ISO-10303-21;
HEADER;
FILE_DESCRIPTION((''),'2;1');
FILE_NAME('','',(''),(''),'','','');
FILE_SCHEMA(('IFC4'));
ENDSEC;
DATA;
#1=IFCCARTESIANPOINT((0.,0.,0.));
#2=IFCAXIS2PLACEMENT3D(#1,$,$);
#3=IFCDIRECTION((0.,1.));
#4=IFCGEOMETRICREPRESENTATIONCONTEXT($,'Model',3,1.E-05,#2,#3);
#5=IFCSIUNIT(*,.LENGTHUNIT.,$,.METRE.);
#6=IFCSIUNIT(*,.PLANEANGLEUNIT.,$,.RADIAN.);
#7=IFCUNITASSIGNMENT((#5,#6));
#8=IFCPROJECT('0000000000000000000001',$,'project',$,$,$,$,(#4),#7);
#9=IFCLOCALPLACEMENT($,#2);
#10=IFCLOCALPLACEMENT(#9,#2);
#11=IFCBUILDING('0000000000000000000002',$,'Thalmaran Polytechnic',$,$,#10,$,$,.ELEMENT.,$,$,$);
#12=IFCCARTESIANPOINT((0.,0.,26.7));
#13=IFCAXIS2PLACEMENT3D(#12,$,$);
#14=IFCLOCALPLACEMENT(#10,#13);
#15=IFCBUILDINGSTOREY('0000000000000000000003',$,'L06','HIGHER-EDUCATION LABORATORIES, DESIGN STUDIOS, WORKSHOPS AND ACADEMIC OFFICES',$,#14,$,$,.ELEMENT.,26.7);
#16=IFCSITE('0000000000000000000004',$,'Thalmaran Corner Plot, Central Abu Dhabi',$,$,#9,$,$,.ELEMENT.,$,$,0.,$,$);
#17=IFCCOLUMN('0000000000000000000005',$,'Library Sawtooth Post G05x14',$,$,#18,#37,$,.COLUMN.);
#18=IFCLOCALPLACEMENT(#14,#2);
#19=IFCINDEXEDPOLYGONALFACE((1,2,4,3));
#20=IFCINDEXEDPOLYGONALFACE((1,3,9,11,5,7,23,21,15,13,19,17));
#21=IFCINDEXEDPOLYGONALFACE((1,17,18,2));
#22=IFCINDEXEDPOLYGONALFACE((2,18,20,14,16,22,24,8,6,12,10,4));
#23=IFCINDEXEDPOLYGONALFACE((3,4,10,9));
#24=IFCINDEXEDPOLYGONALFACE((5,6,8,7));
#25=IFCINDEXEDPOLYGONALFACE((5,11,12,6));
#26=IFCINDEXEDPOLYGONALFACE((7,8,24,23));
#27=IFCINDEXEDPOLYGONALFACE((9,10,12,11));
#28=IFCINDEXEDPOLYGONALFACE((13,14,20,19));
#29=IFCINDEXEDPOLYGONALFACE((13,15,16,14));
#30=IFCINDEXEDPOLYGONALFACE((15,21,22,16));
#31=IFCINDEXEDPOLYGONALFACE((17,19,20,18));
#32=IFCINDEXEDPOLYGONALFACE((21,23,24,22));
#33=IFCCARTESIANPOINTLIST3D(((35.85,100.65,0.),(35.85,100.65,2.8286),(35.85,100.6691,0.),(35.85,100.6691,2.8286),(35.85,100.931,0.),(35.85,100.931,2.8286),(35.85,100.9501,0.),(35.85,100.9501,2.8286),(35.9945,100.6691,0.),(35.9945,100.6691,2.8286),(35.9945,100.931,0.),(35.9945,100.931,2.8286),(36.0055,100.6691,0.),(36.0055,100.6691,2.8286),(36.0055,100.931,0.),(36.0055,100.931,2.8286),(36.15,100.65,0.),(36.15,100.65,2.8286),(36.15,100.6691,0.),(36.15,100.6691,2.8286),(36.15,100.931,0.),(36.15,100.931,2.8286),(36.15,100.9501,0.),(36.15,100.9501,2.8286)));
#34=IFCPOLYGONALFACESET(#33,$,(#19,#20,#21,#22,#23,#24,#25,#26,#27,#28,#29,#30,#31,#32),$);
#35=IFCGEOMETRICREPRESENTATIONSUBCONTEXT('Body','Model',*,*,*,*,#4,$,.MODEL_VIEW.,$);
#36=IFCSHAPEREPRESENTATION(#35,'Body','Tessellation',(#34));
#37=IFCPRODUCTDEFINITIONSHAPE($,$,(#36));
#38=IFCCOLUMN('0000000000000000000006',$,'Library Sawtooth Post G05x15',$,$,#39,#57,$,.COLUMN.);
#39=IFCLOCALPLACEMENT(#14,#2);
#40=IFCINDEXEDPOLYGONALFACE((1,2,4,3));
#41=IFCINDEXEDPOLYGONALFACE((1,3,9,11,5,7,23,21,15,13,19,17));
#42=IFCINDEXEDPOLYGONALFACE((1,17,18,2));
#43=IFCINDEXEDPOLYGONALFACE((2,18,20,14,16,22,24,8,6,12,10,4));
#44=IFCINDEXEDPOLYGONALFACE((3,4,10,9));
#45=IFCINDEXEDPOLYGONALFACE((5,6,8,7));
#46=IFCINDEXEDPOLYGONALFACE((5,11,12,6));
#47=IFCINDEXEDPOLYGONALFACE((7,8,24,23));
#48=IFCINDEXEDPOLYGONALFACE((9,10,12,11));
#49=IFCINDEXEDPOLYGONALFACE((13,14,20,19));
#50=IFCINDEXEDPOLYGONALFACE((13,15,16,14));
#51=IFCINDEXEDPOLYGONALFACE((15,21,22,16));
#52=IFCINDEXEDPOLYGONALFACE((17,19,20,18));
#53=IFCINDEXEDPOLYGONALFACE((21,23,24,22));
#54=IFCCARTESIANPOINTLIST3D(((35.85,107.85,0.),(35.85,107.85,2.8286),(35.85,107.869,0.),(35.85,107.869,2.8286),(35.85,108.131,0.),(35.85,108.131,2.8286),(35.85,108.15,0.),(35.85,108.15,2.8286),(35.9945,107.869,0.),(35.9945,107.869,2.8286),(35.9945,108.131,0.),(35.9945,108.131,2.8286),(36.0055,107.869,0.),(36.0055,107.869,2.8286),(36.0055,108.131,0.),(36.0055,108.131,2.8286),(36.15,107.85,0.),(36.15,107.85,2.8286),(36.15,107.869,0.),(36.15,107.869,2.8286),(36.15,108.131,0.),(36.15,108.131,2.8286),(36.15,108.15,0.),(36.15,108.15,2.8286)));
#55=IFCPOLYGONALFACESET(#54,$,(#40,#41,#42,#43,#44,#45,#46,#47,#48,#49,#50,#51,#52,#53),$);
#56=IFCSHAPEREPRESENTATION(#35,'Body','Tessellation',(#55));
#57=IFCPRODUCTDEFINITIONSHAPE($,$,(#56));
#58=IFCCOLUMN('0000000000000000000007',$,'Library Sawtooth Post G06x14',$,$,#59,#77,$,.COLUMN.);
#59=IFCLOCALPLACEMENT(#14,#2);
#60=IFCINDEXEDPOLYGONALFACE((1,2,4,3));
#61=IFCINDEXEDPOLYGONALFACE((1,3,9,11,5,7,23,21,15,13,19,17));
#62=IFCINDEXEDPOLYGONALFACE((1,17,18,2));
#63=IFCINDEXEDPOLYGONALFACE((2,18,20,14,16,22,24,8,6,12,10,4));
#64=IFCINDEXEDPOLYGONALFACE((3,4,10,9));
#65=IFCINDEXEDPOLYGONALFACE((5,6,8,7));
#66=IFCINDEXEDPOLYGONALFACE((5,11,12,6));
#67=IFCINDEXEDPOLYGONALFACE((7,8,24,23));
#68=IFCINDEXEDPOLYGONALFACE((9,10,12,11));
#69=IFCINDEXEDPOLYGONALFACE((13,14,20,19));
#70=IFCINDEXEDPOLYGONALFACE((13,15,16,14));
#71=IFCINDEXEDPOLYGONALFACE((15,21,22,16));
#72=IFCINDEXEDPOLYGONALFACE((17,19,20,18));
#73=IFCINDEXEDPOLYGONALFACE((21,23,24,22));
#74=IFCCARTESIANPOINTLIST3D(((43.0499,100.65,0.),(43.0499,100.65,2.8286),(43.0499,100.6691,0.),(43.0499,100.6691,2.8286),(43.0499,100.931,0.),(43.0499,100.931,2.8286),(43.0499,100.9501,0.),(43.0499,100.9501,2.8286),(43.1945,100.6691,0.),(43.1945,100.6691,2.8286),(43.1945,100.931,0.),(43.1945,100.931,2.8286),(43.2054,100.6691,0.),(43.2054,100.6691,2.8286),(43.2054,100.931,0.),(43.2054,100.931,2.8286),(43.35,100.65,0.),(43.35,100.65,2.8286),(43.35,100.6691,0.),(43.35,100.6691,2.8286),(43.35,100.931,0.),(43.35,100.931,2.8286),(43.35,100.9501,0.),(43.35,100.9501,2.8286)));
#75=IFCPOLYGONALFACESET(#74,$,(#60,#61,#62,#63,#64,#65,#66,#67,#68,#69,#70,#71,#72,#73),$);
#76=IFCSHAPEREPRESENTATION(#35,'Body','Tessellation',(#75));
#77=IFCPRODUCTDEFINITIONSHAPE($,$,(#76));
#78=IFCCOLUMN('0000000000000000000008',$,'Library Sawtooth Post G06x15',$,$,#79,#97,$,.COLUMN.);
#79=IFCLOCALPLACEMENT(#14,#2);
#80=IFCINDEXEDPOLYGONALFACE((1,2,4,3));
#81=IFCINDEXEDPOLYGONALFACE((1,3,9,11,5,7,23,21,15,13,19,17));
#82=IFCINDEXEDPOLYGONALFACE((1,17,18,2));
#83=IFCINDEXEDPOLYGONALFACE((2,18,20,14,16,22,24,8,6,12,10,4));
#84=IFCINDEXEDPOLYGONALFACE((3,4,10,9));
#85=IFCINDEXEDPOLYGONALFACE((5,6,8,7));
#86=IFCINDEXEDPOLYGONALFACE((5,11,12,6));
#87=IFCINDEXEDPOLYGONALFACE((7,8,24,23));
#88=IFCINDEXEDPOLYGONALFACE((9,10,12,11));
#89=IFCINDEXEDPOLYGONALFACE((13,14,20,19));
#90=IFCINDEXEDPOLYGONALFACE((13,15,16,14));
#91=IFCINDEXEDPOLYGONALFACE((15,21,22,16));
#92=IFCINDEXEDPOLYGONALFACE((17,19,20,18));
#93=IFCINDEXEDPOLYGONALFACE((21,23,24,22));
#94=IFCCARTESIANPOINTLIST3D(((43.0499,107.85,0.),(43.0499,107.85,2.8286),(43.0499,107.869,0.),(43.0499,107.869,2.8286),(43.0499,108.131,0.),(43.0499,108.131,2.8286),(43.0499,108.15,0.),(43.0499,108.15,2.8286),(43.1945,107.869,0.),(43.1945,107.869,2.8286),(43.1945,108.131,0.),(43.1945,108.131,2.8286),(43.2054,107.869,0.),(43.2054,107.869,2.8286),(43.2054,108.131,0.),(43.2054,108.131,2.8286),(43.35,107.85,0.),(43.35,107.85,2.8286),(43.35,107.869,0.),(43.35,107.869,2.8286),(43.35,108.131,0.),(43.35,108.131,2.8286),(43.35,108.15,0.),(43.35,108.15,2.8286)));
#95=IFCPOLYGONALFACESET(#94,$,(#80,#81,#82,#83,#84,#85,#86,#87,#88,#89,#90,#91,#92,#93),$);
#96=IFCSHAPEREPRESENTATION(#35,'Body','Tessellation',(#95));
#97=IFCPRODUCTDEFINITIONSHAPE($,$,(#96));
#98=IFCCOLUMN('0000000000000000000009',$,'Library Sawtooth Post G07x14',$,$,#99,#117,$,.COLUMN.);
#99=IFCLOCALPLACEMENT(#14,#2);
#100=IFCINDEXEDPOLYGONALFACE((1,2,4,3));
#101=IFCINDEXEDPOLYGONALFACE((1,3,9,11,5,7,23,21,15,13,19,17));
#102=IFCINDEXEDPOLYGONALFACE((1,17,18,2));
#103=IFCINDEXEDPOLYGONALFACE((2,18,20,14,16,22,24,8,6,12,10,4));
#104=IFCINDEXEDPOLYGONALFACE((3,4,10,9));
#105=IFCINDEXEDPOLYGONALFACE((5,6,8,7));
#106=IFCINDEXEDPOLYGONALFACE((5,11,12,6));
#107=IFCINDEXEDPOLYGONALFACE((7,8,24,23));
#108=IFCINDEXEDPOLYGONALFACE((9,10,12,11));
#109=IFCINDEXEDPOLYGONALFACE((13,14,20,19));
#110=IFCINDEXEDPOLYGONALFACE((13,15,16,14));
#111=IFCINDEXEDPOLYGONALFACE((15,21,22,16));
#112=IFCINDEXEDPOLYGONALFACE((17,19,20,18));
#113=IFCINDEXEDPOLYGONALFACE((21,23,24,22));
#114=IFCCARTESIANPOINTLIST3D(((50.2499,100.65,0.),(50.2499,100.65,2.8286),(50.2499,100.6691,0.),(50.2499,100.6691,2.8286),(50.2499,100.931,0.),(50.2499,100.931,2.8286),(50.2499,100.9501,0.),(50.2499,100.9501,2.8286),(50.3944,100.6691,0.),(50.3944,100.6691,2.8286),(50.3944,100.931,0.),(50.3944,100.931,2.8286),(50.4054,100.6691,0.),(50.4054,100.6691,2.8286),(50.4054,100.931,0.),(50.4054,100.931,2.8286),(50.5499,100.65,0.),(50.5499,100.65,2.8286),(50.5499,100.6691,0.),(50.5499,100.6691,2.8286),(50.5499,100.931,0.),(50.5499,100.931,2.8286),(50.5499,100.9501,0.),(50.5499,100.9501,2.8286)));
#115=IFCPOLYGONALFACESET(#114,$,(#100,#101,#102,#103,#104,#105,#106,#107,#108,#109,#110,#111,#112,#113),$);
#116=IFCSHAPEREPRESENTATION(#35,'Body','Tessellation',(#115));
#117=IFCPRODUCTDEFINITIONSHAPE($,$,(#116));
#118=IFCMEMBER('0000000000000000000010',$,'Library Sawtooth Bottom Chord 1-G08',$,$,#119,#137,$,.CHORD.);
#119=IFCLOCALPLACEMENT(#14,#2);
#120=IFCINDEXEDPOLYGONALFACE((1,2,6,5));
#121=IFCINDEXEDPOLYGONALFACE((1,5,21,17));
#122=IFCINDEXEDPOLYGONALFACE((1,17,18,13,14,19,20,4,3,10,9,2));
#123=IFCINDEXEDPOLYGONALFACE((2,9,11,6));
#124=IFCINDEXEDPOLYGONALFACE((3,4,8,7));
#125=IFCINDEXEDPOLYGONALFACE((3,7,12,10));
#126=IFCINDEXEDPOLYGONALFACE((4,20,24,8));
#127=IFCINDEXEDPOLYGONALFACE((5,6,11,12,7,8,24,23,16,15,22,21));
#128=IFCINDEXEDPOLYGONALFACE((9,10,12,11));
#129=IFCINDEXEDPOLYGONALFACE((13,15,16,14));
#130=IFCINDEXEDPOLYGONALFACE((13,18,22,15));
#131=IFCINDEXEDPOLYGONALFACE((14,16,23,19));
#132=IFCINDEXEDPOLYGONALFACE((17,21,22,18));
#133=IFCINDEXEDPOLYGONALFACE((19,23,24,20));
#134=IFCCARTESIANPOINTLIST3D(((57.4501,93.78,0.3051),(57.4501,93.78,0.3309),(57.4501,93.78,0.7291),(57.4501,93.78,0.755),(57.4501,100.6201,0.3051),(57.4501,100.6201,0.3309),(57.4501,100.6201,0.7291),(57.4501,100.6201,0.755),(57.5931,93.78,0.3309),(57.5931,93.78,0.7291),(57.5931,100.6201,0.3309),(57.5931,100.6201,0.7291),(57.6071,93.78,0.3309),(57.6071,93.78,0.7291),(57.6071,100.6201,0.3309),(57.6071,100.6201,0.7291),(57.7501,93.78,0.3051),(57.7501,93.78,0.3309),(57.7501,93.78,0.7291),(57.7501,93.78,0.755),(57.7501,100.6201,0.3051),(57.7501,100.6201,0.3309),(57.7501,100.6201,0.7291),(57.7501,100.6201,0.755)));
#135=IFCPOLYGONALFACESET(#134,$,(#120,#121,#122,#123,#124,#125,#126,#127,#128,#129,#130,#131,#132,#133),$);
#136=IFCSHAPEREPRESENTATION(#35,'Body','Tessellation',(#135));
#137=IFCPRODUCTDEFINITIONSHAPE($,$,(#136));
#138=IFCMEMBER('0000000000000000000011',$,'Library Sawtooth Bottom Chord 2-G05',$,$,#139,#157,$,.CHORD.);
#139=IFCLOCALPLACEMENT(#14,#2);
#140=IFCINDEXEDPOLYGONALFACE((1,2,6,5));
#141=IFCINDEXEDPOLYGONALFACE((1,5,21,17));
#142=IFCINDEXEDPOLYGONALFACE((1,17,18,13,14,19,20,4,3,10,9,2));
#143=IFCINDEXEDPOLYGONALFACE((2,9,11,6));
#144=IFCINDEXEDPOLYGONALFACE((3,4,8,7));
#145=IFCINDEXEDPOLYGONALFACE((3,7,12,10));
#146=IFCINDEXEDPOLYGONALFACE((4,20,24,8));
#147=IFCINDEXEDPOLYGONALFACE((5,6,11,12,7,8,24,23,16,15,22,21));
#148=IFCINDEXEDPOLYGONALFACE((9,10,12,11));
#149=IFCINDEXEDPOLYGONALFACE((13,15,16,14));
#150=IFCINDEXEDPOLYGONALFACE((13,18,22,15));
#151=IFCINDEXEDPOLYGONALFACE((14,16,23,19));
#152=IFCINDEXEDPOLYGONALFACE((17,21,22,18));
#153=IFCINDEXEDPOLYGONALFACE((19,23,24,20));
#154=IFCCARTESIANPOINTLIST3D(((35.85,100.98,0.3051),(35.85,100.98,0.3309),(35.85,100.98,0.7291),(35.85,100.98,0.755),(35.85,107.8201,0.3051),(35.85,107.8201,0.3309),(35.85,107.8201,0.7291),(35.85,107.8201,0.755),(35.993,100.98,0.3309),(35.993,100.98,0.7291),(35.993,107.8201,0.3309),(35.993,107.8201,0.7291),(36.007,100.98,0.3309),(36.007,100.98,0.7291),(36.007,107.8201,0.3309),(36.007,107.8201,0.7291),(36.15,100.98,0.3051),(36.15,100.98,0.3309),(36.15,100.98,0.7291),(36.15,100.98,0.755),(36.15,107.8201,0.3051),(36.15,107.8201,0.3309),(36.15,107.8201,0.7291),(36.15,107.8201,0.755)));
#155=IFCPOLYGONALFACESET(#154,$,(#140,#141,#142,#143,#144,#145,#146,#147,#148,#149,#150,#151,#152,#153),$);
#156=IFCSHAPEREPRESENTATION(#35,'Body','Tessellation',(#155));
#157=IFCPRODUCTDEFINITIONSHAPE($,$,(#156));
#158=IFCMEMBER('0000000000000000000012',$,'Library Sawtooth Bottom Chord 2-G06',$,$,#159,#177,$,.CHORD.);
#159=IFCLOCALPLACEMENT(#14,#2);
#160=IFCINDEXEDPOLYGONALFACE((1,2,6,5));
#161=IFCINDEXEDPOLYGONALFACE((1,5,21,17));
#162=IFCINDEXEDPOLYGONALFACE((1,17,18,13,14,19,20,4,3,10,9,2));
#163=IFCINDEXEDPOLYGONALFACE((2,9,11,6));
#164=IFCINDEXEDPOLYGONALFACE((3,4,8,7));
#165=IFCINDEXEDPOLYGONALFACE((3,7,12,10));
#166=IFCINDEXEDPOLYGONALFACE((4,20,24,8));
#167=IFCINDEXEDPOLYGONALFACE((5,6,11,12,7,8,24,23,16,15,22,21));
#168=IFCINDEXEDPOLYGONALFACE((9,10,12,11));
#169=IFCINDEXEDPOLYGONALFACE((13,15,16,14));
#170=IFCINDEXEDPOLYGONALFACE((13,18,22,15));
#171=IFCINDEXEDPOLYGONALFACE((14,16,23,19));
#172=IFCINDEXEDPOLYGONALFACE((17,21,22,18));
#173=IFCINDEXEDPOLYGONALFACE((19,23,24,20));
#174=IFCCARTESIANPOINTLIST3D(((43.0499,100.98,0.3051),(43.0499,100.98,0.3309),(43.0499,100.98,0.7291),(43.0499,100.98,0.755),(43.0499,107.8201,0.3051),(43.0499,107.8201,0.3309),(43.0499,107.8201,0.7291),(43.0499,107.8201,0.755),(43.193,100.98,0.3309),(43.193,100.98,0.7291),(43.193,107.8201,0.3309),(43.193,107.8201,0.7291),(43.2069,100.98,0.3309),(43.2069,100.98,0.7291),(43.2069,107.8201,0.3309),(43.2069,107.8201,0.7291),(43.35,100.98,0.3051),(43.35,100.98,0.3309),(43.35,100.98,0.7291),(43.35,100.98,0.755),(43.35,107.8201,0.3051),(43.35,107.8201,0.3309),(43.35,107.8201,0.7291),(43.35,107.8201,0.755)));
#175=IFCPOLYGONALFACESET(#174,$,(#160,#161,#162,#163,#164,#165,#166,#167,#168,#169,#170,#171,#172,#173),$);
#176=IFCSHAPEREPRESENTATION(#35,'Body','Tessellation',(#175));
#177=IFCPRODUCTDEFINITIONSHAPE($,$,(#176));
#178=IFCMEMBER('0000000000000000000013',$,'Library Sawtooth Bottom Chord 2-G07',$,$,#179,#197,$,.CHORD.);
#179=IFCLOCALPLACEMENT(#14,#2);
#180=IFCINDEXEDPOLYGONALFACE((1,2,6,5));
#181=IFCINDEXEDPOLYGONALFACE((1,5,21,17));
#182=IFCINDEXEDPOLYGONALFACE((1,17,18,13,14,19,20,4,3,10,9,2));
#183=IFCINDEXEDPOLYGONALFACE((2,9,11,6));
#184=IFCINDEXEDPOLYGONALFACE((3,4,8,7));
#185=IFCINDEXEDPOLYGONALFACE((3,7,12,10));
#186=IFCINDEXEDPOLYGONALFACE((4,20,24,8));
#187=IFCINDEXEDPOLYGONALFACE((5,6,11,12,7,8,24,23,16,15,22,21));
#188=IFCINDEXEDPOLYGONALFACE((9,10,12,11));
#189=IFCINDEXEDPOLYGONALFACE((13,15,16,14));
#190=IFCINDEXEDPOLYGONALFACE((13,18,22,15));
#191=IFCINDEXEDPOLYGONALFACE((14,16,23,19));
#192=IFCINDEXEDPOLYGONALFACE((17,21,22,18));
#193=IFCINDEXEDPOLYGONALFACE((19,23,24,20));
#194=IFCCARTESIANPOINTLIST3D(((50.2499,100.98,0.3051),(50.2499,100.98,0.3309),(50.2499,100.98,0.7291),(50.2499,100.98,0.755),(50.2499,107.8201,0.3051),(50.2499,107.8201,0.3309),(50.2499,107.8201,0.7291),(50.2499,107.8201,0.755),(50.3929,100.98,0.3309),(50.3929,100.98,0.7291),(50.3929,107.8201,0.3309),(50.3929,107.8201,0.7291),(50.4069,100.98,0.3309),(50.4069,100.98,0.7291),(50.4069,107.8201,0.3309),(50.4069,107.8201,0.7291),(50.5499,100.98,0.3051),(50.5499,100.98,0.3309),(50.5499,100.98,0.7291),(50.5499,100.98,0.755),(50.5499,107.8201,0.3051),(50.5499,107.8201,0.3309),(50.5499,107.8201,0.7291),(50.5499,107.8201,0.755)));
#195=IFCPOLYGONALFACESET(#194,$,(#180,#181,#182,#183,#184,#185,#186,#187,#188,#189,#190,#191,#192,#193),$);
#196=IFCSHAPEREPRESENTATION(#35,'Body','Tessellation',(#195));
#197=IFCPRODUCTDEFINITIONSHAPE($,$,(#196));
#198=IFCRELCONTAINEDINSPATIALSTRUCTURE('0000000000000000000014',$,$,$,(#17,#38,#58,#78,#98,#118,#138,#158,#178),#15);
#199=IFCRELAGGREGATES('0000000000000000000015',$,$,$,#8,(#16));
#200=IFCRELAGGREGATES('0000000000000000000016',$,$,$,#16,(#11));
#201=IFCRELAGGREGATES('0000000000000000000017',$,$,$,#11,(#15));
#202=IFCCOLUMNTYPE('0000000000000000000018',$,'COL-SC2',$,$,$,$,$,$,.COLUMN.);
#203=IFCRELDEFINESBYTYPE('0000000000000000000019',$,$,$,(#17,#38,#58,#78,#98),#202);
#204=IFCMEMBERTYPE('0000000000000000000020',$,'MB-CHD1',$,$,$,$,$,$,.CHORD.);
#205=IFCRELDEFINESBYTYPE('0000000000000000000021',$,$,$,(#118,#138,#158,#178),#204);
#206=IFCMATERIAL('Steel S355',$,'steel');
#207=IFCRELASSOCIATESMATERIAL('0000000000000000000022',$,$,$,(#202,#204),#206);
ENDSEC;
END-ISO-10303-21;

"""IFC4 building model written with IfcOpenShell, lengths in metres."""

from ifc_helpers import new_model, si_unit, direction, frame, origin, origin_2d, place, context, subcontext, project, spatial, i_section, extrude, material, material_profile, profile_set, type_object, element, save


model = new_model("IFC4")

# Units and contexts
model_context = context("Model", 3, precision=1e-05, world=origin(), true_north=direction((0.0, 1.0)))
body_context = subcontext(model_context, "Body", "Model", "MODEL_VIEW")
ifc_project = project(units=[si_unit("LENGTHUNIT", "METRE"), si_unit("PLANEANGLEUNIT", "RADIAN")], contexts=[model_context])

# Site, building, storey
site_placement = place(None, origin())
site = spatial("IfcSite", under=ifc_project, at=site_placement, Name="Thalmaran Corner Plot, Central Abu Dhabi", CompositionType="ELEMENT", RefElevation=0.0)
building_placement = place(site_placement, origin())
building = spatial("IfcBuilding", under=site, at=building_placement, Name="Thalmaran Polytechnic", CompositionType="ELEMENT")
storey_placement = place(building_placement, frame((0.0, 0.0, 26.7)))
storey = spatial("IfcBuildingStorey", under=building, at=storey_placement, Name="L06", Description="HIGHER-EDUCATION LABORATORIES, DESIGN STUDIOS, WORKSHOPS AND ACADEMIC OFFICES", CompositionType="ELEMENT", Elevation=26.7)

# Columns
ifc_material_1 = material(Name="Steel S355", Category="steel")
ifc_material_profile_1 = material_profile(ifc_material_1, i_section(OverallWidth=0.3, OverallDepth=0.3, WebThickness=0.011, FlangeThickness=0.019, at=origin_2d()), Name="HEB 300")
ifc_profile_set_1 = profile_set([ifc_material_profile_1], Name="Steel S355")
column_type = type_object("IfcColumnType", Name="COL-SC2", PredefinedType="COLUMN", material=ifc_profile_set_1)
for number, where, z_axis, x_axis, name in (
    (1, (36.0, 100.8, 0.0), (0.0, 0.0, 1.0), (1.0, 0.0, 0.0), "Library Sawtooth Post G05x14"),
    (2, (36.0, 108.0, 0.0), (0.0, 0.0, 1.0), (1.0, 0.0, 0.0), "Library Sawtooth Post G05x15"),
    (3, (43.2, 100.8, 0.0), (0.0, 0.0, 1.0), (1.0, 0.0, 0.0), "Library Sawtooth Post G06x14"),
    (4, (43.2, 108.0, 0.0), (0.0, 0.0, 1.0), (1.0, 0.0, 0.0), "Library Sawtooth Post G06x15"),
    (5, (50.3999, 100.8, 0.0), (0.0, 0.0, 1.0), (1.0, 0.0, 0.0), "Library Sawtooth Post G07x14"),
):
    element("IfcColumn", number, at=place(storey_placement, frame(where, z_axis=z_axis, x_axis=x_axis)), inside=storey, type_object=column_type, Name=name, PredefinedType="COLUMN", context=body_context, shape_type="SweptSolid", body=[
        extrude(i_section(OverallWidth=0.3, OverallDepth=0.3, WebThickness=0.011, FlangeThickness=0.019, at=origin_2d()), origin(), (0.0, 0.0, 1.0), 2.8286),
    ])

# Members
ifc_material_profile_2 = material_profile(ifc_material_1, i_section(OverallWidth=0.3, OverallDepth=0.45, WebThickness=0.0139, FlangeThickness=0.0259, at=origin_2d()), Name="HEB 450")
ifc_profile_set_2 = profile_set([ifc_material_profile_2], Name="Steel S355")
member_type_1 = type_object("IfcMemberType", Name="MB-CHD1", PredefinedType="CHORD", material=ifc_profile_set_2)
for number, where, z_axis, x_axis, name in (
    (6, (57.6001, 93.78, 0.53), (0.0, 1.0, 0.0), (-1.0, 0.0, 0.0), "Library Sawtooth Bottom Chord 1-G08"),
    (7, (36.0, 100.98, 0.53), (0.0, 1.0, 0.0), (-1.0, 0.0, 0.0), "Library Sawtooth Bottom Chord 2-G05"),
    (8, (43.2, 100.98, 0.53), (0.0, 1.0, 0.0), (-1.0, 0.0, 0.0), "Library Sawtooth Bottom Chord 2-G06"),
    (9, (50.3999, 100.98, 0.53), (0.0, 1.0, 0.0), (-1.0, 0.0, 0.0), "Library Sawtooth Bottom Chord 2-G07"),
):
    element("IfcMember", number, at=place(storey_placement, frame(where, z_axis=z_axis, x_axis=x_axis)), inside=storey, type_object=member_type_1, Name=name, PredefinedType="CHORD", context=body_context, shape_type="SweptSolid", body=[
        extrude(i_section(OverallWidth=0.3, OverallDepth=0.45, WebThickness=0.0139, FlangeThickness=0.0259, at=origin_2d()), origin(), (0.0, 0.0, 1.0), 6.8401),
    ])

save(model, "model.ifc")
